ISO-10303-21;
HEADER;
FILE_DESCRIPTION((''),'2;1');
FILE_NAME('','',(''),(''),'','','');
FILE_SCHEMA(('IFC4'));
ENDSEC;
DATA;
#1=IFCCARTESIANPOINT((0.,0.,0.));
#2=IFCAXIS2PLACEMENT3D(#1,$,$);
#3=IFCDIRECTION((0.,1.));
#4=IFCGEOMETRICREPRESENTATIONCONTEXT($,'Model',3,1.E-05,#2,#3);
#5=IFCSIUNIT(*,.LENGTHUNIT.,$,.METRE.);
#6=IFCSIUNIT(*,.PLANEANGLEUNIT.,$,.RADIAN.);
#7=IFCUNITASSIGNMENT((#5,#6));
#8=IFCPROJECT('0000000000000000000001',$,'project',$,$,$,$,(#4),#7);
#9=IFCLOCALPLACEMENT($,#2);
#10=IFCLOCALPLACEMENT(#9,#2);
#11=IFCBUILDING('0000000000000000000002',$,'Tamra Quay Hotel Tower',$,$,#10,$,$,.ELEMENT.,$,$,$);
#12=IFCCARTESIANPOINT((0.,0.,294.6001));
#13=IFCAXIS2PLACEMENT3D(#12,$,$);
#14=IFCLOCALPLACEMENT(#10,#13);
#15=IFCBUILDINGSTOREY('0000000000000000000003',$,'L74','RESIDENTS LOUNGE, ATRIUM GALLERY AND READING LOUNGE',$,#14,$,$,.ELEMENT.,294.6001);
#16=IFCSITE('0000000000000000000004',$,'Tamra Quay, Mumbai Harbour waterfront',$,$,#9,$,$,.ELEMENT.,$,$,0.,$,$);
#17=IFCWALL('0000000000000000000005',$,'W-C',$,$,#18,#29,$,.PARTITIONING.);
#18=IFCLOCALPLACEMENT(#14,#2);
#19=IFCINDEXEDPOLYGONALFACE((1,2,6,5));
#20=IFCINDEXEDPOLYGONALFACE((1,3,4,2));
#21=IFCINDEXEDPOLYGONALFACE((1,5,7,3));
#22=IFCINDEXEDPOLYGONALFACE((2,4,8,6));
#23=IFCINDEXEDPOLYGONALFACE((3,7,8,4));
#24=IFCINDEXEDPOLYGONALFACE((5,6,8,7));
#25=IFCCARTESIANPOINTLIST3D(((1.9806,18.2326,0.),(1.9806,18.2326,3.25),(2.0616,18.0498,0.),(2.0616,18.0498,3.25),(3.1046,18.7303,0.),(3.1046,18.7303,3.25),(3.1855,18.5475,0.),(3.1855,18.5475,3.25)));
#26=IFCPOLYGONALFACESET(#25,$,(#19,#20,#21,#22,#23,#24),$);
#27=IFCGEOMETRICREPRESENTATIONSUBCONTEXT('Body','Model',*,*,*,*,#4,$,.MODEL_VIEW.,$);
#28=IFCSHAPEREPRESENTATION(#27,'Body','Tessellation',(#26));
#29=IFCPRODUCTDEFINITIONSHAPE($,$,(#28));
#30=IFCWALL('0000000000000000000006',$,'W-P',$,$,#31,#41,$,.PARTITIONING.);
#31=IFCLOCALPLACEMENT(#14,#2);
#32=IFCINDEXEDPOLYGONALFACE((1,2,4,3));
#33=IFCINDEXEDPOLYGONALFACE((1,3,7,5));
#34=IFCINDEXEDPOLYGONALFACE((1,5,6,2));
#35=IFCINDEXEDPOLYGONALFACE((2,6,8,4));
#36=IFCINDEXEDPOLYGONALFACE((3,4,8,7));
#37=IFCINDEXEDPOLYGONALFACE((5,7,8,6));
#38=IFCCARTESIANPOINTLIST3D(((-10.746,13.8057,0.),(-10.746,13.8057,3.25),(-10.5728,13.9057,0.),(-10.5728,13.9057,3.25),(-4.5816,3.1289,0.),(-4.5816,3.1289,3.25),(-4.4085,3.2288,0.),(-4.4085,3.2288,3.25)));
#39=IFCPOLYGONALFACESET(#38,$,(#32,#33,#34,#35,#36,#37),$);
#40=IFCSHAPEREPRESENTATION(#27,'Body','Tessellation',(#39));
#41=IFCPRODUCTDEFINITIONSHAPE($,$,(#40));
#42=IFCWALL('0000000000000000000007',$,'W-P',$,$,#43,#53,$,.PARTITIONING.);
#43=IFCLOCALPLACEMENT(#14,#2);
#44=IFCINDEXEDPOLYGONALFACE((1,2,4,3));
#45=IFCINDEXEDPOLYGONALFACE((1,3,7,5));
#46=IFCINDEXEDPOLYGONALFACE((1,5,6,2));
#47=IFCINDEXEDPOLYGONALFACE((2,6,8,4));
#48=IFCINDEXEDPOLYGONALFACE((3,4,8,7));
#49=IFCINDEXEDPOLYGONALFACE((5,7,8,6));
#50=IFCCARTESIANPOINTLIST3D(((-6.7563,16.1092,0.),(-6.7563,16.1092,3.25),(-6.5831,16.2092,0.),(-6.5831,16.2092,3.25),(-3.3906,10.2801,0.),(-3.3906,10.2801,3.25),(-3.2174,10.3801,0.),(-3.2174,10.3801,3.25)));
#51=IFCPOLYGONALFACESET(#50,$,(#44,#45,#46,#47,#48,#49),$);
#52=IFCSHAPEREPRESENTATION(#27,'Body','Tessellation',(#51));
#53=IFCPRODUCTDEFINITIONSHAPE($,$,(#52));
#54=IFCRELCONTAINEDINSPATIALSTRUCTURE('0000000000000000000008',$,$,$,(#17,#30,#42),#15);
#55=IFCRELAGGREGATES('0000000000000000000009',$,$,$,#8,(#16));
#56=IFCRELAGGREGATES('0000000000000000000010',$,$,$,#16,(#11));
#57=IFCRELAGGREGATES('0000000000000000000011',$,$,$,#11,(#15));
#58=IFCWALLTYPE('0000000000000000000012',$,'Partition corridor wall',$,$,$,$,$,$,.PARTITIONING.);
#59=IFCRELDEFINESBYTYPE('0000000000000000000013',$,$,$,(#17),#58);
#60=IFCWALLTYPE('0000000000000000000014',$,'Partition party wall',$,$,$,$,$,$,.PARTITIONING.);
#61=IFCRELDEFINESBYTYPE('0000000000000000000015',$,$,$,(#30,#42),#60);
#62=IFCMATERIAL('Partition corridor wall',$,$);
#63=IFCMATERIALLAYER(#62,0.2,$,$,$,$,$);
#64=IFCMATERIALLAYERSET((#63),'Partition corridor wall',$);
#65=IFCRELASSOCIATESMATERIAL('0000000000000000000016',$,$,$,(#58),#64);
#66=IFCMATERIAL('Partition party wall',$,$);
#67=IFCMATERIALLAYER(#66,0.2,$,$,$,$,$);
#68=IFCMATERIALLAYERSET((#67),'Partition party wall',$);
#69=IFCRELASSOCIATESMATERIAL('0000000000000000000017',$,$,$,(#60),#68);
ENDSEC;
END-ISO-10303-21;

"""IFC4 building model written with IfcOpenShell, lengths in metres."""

from ifc_helpers import new_model, si_unit, direction, frame, frame_2d, origin, place, context, subcontext, project, spatial, rectangle, extrude, material, layer, layer_set, type_object, element, save


model = new_model("IFC4")

# Units and contexts
model_context = context("Model", 3, precision=1e-05, world=origin(), true_north=direction((0.0, 1.0)))
body_context = subcontext(model_context, "Body", "Model", "MODEL_VIEW")
ifc_project = project(units=[si_unit("LENGTHUNIT", "METRE"), si_unit("PLANEANGLEUNIT", "RADIAN")], contexts=[model_context])

# Site, building, storey
site_placement = place(None, origin())
site = spatial("IfcSite", under=ifc_project, at=site_placement, Name="Tamra Quay, Mumbai Harbour waterfront", CompositionType="ELEMENT", RefElevation=0.0)
building_placement = place(site_placement, origin())
building = spatial("IfcBuilding", under=site, at=building_placement, Name="Tamra Quay Hotel Tower", CompositionType="ELEMENT")
storey_placement = place(building_placement, frame((0.0, 0.0, 294.6001)))
storey = spatial("IfcBuildingStorey", under=building, at=storey_placement, Name="L74", Description="RESIDENTS LOUNGE, ATRIUM GALLERY AND READING LOUNGE", CompositionType="ELEMENT", Elevation=294.6001)

# Shared definitions
ifc_material_1 = material(Name="Partition corridor wall")
ifc_layer_1 = layer(ifc_material_1, 0.2)
ifc_layer_set_1 = layer_set([ifc_layer_1], Name="Partition corridor wall")
wall_type_1 = type_object("IfcWallType", Name="Partition corridor wall", PredefinedType="PARTITIONING", material=ifc_layer_set_1)

# Walls
wall_1_placement = place(storey_placement, frame((2.021, 18.1411, 0.0), z_axis=(0.0, 0.0, 1.0), x_axis=(0.914343, 0.40494, 0.0)))
element("IfcWall", 1, at=wall_1_placement, inside=storey, type_object=wall_type_1, Name="W-C", PredefinedType="PARTITIONING", context=body_context, shape_type="SweptSolid", body=[
    extrude(rectangle(XDim=1.2292, YDim=0.2, at=frame_2d((0.6147, 0.0))), origin(), (0.0, 0.0, 1.0), 3.25),
])
ifc_material_2 = material(Name="Partition party wall")
ifc_layer_2 = layer(ifc_material_2, 0.2)
ifc_layer_set_2 = layer_set([ifc_layer_2], Name="Partition party wall")
wall_type_2 = type_object("IfcWallType", Name="Partition party wall", PredefinedType="PARTITIONING", material=ifc_layer_set_2)
wall_2_placement = place(storey_placement, frame((-10.6594, 13.8557, 0.0), z_axis=(0.0, 0.0, 1.0), x_axis=(0.500005, -0.866023, 0.0)))
element("IfcWall", 2, at=wall_2_placement, inside=storey, type_object=wall_type_2, Name="W-P", PredefinedType="PARTITIONING", context=body_context, shape_type="SweptSolid", body=[
    extrude(rectangle(XDim=12.3286, YDim=0.2, at=frame_2d((6.1643, 0.0))), origin(), (0.0, 0.0, 1.0), 3.25),
])
wall_3_placement = place(storey_placement, frame((-6.6697, 16.1592, 0.0), z_axis=(0.0, 0.0, 1.0), x_axis=(0.500032, -0.866007, 0.0)))
element("IfcWall", 3, at=wall_3_placement, inside=storey, type_object=wall_type_2, Name="W-P", PredefinedType="PARTITIONING", context=body_context, shape_type="SweptSolid", body=[
    extrude(rectangle(XDim=6.731, YDim=0.2, at=frame_2d((3.3655, 0.0))), origin(), (0.0, 0.0, 1.0), 3.25),
])

save(model, "model.ifc")
